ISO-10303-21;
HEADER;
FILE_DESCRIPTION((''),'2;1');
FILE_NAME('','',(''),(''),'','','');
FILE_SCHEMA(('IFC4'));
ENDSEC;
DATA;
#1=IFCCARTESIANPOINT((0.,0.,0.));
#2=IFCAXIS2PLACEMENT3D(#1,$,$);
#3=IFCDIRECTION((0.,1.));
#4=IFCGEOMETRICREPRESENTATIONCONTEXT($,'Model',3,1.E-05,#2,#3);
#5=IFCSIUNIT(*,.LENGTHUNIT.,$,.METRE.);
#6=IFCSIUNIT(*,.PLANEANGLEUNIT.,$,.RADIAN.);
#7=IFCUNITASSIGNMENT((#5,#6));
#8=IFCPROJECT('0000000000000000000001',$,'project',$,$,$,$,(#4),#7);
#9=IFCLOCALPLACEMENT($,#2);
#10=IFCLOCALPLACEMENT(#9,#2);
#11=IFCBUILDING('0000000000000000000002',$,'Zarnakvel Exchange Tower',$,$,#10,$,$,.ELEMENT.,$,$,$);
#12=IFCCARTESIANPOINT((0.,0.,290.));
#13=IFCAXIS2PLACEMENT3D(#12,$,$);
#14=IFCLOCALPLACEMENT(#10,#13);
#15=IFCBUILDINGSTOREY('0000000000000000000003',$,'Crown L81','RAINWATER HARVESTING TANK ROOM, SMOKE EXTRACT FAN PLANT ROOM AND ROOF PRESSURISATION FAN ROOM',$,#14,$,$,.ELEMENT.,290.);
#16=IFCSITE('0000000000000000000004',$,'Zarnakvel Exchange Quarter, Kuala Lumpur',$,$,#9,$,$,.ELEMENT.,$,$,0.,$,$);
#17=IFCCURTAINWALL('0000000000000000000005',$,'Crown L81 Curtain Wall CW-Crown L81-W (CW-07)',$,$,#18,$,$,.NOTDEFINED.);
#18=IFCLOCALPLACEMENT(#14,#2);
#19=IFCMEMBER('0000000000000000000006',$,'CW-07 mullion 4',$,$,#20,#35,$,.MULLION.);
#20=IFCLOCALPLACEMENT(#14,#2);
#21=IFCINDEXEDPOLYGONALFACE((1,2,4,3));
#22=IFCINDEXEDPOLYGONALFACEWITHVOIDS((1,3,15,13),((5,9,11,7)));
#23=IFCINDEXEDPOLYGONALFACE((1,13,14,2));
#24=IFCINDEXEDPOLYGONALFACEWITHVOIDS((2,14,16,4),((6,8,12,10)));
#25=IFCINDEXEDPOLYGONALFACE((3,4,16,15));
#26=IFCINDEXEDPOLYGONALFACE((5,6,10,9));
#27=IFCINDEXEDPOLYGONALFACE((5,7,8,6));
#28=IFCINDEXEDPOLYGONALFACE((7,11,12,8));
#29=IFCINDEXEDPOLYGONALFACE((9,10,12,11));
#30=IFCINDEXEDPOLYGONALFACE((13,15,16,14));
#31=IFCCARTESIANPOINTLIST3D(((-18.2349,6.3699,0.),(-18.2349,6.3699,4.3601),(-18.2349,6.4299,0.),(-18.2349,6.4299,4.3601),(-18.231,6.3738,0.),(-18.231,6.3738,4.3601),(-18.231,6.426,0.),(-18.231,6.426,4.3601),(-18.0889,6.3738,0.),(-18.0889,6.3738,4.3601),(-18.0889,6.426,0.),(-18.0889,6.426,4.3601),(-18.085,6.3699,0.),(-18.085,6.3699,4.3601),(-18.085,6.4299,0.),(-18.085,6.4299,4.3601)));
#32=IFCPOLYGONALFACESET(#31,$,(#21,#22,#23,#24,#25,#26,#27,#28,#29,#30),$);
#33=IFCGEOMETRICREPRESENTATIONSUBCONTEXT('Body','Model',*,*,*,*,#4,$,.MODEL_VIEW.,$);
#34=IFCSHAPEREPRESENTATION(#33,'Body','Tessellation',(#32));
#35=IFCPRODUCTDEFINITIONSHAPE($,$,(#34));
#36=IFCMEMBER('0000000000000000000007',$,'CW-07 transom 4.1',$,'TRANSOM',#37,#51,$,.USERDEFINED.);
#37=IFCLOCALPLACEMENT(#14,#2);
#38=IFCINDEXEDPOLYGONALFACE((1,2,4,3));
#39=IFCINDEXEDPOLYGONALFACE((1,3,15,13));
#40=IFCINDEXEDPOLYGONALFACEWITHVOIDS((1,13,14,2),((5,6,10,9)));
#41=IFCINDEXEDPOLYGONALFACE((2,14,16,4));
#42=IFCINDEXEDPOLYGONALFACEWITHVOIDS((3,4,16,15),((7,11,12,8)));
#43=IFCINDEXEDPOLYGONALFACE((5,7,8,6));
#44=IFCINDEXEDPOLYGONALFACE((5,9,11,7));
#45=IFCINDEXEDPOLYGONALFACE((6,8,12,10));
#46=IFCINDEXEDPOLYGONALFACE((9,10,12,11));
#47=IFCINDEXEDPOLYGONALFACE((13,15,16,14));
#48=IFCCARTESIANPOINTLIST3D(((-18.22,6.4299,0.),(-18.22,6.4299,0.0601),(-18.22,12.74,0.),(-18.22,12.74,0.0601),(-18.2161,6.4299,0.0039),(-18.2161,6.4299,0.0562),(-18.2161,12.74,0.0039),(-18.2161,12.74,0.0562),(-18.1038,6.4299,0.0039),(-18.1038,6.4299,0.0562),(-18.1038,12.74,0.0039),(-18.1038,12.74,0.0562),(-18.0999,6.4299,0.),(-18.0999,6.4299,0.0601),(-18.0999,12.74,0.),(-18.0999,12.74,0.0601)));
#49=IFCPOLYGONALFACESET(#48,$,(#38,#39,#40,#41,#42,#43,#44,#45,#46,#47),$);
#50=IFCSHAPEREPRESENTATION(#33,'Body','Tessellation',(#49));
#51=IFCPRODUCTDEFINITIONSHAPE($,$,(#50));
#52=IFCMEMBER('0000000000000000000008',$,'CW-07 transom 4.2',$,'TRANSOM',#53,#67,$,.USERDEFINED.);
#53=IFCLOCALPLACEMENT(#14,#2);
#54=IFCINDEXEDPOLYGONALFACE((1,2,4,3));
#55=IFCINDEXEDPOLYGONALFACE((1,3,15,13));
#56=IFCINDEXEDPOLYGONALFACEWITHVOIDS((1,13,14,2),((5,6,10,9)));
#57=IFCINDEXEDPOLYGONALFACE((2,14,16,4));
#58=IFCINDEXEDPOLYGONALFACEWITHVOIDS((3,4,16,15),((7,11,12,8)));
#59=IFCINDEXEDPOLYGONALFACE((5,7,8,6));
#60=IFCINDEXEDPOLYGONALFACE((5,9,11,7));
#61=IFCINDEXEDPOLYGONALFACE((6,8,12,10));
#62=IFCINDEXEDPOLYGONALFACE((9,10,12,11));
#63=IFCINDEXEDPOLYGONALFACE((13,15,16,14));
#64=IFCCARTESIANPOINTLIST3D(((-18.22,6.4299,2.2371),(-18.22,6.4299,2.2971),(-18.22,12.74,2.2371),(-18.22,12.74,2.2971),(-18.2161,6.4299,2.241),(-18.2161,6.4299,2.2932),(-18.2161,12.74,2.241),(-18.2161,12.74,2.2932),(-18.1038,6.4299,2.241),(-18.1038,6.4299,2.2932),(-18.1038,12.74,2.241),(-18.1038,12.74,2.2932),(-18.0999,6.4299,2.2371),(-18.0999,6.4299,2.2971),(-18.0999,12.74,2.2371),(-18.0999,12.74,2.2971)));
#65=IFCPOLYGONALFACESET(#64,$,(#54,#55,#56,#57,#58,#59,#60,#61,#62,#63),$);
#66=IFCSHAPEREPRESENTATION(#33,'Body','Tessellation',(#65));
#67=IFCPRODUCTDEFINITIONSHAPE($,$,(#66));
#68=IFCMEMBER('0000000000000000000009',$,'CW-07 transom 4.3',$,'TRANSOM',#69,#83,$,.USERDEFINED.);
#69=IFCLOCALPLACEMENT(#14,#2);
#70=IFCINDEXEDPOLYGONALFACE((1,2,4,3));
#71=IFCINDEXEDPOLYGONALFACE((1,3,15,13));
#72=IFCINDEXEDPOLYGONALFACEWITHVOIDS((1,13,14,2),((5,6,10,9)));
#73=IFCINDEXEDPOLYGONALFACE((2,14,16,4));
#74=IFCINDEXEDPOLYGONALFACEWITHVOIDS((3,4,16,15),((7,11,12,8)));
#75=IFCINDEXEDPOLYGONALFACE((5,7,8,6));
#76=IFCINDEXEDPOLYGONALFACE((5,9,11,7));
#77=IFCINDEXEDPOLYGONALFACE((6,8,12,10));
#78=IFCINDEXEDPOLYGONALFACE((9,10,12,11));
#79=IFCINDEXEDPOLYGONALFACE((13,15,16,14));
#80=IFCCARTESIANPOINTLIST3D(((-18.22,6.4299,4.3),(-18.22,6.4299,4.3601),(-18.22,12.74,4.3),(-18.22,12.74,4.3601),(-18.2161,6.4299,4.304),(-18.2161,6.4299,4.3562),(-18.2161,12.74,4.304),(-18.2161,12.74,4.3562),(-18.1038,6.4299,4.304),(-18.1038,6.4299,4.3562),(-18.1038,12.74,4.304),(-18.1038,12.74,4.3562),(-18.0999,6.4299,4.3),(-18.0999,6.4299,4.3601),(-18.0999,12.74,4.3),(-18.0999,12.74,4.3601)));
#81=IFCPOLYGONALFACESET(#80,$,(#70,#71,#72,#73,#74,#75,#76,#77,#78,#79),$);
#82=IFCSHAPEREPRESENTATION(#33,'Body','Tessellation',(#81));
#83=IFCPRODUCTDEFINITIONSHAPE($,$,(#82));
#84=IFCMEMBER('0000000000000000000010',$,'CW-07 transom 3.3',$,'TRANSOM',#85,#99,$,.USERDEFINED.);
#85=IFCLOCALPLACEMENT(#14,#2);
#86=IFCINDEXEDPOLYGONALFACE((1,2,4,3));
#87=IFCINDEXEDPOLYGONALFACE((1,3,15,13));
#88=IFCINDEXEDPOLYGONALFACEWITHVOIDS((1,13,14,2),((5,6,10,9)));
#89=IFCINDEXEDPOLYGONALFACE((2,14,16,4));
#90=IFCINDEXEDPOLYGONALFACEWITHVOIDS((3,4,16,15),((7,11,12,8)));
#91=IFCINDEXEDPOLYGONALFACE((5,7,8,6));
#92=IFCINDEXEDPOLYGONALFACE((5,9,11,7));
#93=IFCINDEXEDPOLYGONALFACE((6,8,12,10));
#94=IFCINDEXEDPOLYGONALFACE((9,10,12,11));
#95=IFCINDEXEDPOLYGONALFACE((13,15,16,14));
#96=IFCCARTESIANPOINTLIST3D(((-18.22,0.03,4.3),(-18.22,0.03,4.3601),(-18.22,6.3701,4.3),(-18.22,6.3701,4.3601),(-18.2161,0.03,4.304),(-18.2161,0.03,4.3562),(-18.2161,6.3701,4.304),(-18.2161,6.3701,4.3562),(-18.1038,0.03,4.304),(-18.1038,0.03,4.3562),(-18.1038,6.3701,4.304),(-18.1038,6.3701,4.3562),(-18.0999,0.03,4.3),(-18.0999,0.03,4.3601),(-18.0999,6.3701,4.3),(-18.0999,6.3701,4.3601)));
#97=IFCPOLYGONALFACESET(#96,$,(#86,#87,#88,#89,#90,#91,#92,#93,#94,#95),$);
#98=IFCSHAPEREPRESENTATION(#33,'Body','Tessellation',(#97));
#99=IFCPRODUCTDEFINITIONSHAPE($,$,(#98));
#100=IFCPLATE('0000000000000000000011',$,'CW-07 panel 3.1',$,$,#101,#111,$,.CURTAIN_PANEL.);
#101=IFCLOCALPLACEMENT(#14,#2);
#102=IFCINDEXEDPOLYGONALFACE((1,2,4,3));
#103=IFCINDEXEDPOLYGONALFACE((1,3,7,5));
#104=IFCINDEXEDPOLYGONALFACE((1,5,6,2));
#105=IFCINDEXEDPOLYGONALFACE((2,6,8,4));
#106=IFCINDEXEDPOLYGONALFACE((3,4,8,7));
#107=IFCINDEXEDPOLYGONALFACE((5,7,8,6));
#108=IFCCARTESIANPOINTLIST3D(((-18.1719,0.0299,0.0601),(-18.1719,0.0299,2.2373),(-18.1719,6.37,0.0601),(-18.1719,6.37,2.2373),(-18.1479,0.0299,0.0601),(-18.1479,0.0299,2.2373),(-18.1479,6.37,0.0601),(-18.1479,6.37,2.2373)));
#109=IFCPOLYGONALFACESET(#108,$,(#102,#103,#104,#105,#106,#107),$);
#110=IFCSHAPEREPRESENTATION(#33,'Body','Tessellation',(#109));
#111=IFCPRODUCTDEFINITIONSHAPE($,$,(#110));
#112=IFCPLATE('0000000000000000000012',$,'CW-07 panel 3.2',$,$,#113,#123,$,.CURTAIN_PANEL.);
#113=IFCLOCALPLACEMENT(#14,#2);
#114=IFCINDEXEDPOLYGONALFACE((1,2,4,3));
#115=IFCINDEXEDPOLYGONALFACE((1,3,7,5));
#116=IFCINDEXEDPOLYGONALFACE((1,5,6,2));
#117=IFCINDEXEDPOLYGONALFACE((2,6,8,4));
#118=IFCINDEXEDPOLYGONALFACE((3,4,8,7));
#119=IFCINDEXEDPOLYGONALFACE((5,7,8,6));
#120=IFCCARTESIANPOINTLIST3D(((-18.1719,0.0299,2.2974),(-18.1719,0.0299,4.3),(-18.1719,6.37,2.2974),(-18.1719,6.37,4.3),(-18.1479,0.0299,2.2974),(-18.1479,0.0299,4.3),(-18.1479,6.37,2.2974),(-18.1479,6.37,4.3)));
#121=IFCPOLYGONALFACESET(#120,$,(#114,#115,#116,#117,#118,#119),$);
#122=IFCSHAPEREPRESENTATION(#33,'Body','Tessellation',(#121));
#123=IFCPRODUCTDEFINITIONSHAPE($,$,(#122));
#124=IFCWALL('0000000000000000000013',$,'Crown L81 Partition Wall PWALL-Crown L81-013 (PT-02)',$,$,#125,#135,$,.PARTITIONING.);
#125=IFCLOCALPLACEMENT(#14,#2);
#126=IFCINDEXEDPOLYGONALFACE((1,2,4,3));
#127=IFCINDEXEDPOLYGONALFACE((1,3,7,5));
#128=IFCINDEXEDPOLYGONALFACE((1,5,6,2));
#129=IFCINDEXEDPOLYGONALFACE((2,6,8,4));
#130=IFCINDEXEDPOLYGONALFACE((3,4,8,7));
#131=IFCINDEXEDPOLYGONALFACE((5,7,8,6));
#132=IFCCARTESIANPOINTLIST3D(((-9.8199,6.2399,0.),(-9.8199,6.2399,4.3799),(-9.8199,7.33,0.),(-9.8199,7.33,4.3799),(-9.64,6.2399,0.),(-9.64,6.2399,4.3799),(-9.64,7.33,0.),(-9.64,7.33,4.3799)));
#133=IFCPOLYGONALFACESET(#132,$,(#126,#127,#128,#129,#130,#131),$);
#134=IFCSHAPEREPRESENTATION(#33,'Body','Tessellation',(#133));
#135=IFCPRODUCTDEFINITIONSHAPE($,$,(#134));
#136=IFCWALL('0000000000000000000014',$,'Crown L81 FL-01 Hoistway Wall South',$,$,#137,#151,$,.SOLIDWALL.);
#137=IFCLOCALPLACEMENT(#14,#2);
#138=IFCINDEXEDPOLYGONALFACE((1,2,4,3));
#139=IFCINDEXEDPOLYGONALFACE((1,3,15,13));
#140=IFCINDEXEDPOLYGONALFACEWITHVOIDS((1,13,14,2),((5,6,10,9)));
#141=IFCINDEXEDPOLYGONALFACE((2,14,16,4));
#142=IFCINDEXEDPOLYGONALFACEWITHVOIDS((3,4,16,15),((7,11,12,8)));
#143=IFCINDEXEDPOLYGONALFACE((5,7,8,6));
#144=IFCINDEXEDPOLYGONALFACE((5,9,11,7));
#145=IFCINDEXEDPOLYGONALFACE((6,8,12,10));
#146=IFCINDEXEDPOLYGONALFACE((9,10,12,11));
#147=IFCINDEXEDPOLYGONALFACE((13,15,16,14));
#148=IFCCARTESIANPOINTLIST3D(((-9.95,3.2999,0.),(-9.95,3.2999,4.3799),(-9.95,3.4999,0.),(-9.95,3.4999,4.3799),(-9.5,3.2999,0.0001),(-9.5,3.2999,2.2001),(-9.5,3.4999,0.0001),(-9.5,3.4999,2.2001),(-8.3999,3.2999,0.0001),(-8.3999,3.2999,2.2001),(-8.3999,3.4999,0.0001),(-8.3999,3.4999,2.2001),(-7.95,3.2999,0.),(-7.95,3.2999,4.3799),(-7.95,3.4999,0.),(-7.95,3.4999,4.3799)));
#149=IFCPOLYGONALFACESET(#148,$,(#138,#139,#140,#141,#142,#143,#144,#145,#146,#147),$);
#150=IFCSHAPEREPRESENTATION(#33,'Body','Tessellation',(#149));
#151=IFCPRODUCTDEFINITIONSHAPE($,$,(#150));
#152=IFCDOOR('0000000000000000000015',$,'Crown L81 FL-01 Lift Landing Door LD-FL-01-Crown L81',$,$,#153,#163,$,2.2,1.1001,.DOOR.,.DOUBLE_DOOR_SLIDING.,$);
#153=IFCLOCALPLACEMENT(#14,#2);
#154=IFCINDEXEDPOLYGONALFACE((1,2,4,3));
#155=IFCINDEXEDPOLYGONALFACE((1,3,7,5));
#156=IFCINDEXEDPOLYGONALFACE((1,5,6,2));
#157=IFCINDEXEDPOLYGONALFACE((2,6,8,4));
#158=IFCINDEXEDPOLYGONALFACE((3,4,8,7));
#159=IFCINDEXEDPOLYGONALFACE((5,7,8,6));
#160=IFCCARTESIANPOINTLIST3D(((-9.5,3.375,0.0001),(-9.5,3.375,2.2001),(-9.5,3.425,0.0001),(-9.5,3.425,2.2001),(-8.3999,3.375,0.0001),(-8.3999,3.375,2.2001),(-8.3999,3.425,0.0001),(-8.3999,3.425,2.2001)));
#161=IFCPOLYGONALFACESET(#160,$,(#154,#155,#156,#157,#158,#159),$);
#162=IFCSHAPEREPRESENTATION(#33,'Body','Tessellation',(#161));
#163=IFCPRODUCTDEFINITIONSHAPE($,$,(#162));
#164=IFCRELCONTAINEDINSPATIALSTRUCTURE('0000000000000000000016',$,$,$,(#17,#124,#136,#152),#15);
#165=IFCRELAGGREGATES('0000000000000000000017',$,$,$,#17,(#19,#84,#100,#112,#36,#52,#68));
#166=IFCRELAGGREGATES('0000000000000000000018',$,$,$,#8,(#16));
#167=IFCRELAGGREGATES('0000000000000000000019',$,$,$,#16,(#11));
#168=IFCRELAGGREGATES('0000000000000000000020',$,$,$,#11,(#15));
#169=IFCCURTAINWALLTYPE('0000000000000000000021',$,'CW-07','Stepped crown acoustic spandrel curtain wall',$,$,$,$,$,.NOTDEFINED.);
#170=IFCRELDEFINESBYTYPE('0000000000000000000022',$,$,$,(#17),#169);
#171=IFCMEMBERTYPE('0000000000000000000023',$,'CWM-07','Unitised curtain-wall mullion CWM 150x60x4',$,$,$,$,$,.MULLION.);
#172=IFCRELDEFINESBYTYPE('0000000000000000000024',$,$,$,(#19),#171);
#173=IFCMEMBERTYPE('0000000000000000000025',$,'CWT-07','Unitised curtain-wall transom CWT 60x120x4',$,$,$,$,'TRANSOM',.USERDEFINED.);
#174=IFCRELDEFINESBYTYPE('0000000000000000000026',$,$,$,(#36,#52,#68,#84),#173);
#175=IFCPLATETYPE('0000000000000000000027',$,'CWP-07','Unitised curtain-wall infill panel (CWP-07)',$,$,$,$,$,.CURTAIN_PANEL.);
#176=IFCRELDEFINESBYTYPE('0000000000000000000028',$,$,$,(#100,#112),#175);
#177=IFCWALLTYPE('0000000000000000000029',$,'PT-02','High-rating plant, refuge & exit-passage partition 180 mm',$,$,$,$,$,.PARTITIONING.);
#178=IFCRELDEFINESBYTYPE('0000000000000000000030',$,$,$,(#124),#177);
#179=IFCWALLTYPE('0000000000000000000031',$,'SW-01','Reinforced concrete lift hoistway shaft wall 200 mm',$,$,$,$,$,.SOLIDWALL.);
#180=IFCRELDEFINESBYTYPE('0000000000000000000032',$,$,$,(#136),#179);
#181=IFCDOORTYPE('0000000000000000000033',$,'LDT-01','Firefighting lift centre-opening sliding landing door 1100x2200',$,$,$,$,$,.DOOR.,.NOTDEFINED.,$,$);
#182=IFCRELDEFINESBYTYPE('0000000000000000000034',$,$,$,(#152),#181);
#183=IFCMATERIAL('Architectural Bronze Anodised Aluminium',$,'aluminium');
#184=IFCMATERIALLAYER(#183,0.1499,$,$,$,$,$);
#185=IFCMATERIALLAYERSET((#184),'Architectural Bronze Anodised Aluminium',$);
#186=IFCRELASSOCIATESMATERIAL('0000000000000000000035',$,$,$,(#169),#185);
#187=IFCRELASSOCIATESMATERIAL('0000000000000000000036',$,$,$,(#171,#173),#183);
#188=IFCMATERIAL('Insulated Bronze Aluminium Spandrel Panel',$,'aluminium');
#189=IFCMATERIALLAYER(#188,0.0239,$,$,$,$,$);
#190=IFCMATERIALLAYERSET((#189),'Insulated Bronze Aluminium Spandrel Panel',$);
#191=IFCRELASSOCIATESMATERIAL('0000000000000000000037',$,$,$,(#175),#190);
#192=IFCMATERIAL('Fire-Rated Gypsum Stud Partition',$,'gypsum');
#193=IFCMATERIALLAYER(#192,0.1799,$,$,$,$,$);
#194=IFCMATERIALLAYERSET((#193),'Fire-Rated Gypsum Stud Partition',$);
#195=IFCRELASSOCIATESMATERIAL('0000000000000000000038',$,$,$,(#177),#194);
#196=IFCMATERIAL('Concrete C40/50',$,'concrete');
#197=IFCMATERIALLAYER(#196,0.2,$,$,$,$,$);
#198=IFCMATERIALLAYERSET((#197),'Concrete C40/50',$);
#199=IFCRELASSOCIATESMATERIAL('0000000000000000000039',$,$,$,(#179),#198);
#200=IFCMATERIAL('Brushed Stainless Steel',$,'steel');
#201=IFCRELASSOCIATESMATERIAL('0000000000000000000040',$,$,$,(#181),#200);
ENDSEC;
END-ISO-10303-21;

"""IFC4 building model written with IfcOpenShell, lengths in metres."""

from ifc_helpers import new_model, si_unit, direction, frame, frame_2d, origin, origin_2d, place, context, subcontext, project, spatial, rectangle, hollow_rectangle, extrude, source, transform, mapped, material, layer, layer_set, material_profile, profile_set, type_object, element, fill, aggregate, save


model = new_model("IFC4")

# Units and contexts
model_context = context("Model", 3, precision=1e-05, world=origin(), true_north=direction((0.0, 1.0)))
body_context = subcontext(model_context, "Body", "Model", "MODEL_VIEW")
ifc_project = project(units=[si_unit("LENGTHUNIT", "METRE"), si_unit("PLANEANGLEUNIT", "RADIAN")], contexts=[model_context])

# Site, building, storey
site_placement = place(None, origin())
site = spatial("IfcSite", under=ifc_project, at=site_placement, Name="Zarnakvel Exchange Quarter, Kuala Lumpur", CompositionType="ELEMENT", RefElevation=0.0)
building_placement = place(site_placement, origin())
building = spatial("IfcBuilding", under=site, at=building_placement, Name="Zarnakvel Exchange Tower", CompositionType="ELEMENT")
storey_placement = place(building_placement, frame((0.0, 0.0, 290.0)))
storey = spatial("IfcBuildingStorey", under=building, at=storey_placement, Name="Crown L81", Description="RAINWATER HARVESTING TANK ROOM, SMOKE EXTRACT FAN PLANT ROOM AND ROOF PRESSURISATION FAN ROOM", CompositionType="ELEMENT", Elevation=290.0)

# Curtain wall, members, plates
ifc_material_1 = material(Name="Architectural Bronze Anodised Aluminium", Category="aluminium")
ifc_layer_1 = layer(ifc_material_1, 0.1499)
ifc_layer_set_1 = layer_set([ifc_layer_1], Name="Architectural Bronze Anodised Aluminium")
curtain_wall_type = type_object("IfcCurtainWallType", Name="CW-07", Description="Stepped crown acoustic spandrel curtain wall", PredefinedType="NOTDEFINED", material=ifc_layer_set_1)
curtain_wall_placement = place(storey_placement, origin())
curtain_wall = element("IfcCurtainWall", 1, at=curtain_wall_placement, inside=storey, type_object=curtain_wall_type, Name="Crown L81 Curtain Wall CW-Crown L81-W (CW-07)", PredefinedType="NOTDEFINED")
ifc_material_profile_1 = material_profile(ifc_material_1, hollow_rectangle(XDim=0.1499, YDim=0.0601, WallThickness=0.0039, at=origin_2d()))
ifc_profile_set_1 = profile_set([ifc_material_profile_1], Name="Architectural Bronze Anodised Aluminium")
member_type_1 = type_object("IfcMemberType", Name="CWM-07", Description="Unitised curtain-wall mullion CWM 150x60x4", PredefinedType="MULLION", material=ifc_profile_set_1)
shared_shape_1 = source(origin(), body_context, "Body", "SweptSolid", [
    extrude(hollow_rectangle(XDim=0.1499, YDim=0.0601, WallThickness=0.0039, at=origin_2d()), origin(), (0.0, 0.0, 1.0), 4.3601),
])
member_1_placement = place(storey_placement, frame((-18.1599, 6.3999, 0.0), z_axis=(0.0, 0.0, 1.0), x_axis=(-1.0, 0.0, 0.0)))
member_1 = element("IfcMember", 2, at=member_1_placement, type_object=member_type_1, Name="CW-07 mullion 4", PredefinedType="MULLION", context=body_context, shape_type="MappedRepresentation", body=[
    mapped(shared_shape_1, transform((0.0, 0.0, 0.0), x_axis=(1.0, 0.0, 0.0), y_axis=(0.0, 1.0, 0.0), z_axis=(0.0, 0.0, 1.0), scale=1.0)),
])
ifc_material_profile_2 = material_profile(ifc_material_1, hollow_rectangle(XDim=0.1201, YDim=0.0601, WallThickness=0.0039, at=origin_2d()))
ifc_profile_set_2 = profile_set([ifc_material_profile_2], Name="Architectural Bronze Anodised Aluminium")
member_type_2 = type_object("IfcMemberType", Name="CWT-07", Description="Unitised curtain-wall transom CWT 60x120x4", ElementType="TRANSOM", PredefinedType="USERDEFINED", material=ifc_profile_set_2)
shared_shape_2 = source(origin(), body_context, "Body", "SweptSolid", [
    extrude(hollow_rectangle(XDim=0.1201, YDim=0.0601, WallThickness=0.0039, at=origin_2d()), origin(), (0.0, 0.0, 1.0), 6.3101),
])
member_2_placement = place(storey_placement, frame((-18.1599, 6.4299, 0.03), z_axis=(0.0, 1.0, 0.0), x_axis=(-1.0, 0.0, 0.0)))
member_2 = element("IfcMember", 3, at=member_2_placement, type_object=member_type_2, Name="CW-07 transom 4.1", ObjectType="TRANSOM", PredefinedType="USERDEFINED", context=body_context, shape_type="MappedRepresentation", body=[
    mapped(shared_shape_2, transform((0.0, 0.0, 0.0), x_axis=(1.0, 0.0, 0.0), y_axis=(0.0, 1.0, 0.0), z_axis=(0.0, 0.0, 1.0), scale=1.0)),
])
member_3_placement = place(storey_placement, frame((-18.1599, 6.4299, 2.2671), z_axis=(0.0, 1.0, 0.0), x_axis=(-1.0, 0.0, 0.0)))
member_3 = element("IfcMember", 4, at=member_3_placement, type_object=member_type_2, Name="CW-07 transom 4.2", ObjectType="TRANSOM", PredefinedType="USERDEFINED", context=body_context, shape_type="MappedRepresentation", body=[
    mapped(shared_shape_2, transform((0.0, 0.0, 0.0), x_axis=(1.0, 0.0, 0.0), y_axis=(0.0, 1.0, 0.0), z_axis=(0.0, 0.0, 1.0), scale=1.0)),
])
member_4_placement = place(storey_placement, frame((-18.1599, 6.4299, 4.3301), z_axis=(0.0, 1.0, 0.0), x_axis=(-1.0, 0.0, 0.0)))
member_4 = element("IfcMember", 5, at=member_4_placement, type_object=member_type_2, Name="CW-07 transom 4.3", ObjectType="TRANSOM", PredefinedType="USERDEFINED", context=body_context, shape_type="MappedRepresentation", body=[
    mapped(shared_shape_2, transform((0.0, 0.0, 0.0), x_axis=(1.0, 0.0, 0.0), y_axis=(0.0, 1.0, 0.0), z_axis=(0.0, 0.0, 1.0), scale=1.0)),
])
shared_shape_3 = source(origin(), body_context, "Body", "SweptSolid", [
    extrude(hollow_rectangle(XDim=0.1201, YDim=0.0601, WallThickness=0.0039, at=origin_2d()), origin(), (0.0, 0.0, 1.0), 6.3401),
])
member_5_placement = place(storey_placement, frame((-18.1599, 0.03, 4.3301), z_axis=(0.0, 1.0, 0.0), x_axis=(-1.0, 0.0, 0.0)))
member_5 = element("IfcMember", 6, at=member_5_placement, type_object=member_type_2, Name="CW-07 transom 3.3", ObjectType="TRANSOM", PredefinedType="USERDEFINED", context=body_context, shape_type="MappedRepresentation", body=[
    mapped(shared_shape_3, transform((0.0, 0.0, 0.0), x_axis=(1.0, 0.0, 0.0), y_axis=(0.0, 1.0, 0.0), z_axis=(0.0, 0.0, 1.0), scale=1.0)),
])
ifc_material_2 = material(Name="Insulated Bronze Aluminium Spandrel Panel", Category="aluminium")
ifc_layer_2 = layer(ifc_material_2, 0.0239)
ifc_layer_set_2 = layer_set([ifc_layer_2], Name="Insulated Bronze Aluminium Spandrel Panel")
plate_type = type_object("IfcPlateType", Name="CWP-07", Description="Unitised curtain-wall infill panel (CWP-07)", PredefinedType="CURTAIN_PANEL", material=ifc_layer_set_2)
shared_shape_4 = source(origin(), body_context, "Body", "SweptSolid", [
    extrude(rectangle(XDim=6.3401, YDim=0.0239, at=origin_2d()), origin(), (0.0, 0.0, 1.0), 2.1772),
])
plate_1_placement = place(storey_placement, frame((-18.1599, 3.2, 0.0601), z_axis=(0.0, 0.0, 1.0), x_axis=(0.0, 1.0, 0.0)))
plate_1 = element("IfcPlate", 7, at=plate_1_placement, type_object=plate_type, Name="CW-07 panel 3.1", PredefinedType="CURTAIN_PANEL", context=body_context, shape_type="MappedRepresentation", body=[
    mapped(shared_shape_4, transform((0.0, 0.0, 0.0), x_axis=(1.0, 0.0, 0.0), y_axis=(0.0, 1.0, 0.0), z_axis=(0.0, 0.0, 1.0), scale=1.0)),
])
shared_shape_5 = source(origin(), body_context, "Body", "SweptSolid", [
    extrude(rectangle(XDim=6.3401, YDim=0.0239, at=origin_2d()), origin(), (0.0, 0.0, 1.0), 2.0027),
])
plate_2_placement = place(storey_placement, frame((-18.1599, 3.2, 2.2974), z_axis=(0.0, 0.0, 1.0), x_axis=(0.0, 1.0, 0.0)))
plate_2 = element("IfcPlate", 8, at=plate_2_placement, type_object=plate_type, Name="CW-07 panel 3.2", PredefinedType="CURTAIN_PANEL", context=body_context, shape_type="MappedRepresentation", body=[
    mapped(shared_shape_5, transform((0.0, 0.0, 0.0), x_axis=(1.0, 0.0, 0.0), y_axis=(0.0, 1.0, 0.0), z_axis=(0.0, 0.0, 1.0), scale=1.0)),
])
aggregate(curtain_wall, [member_1, member_5, plate_1, plate_2, member_2, member_3, member_4])

# Wall
ifc_material_3 = material(Name="Fire-Rated Gypsum Stud Partition", Category="gypsum")
ifc_layer_3 = layer(ifc_material_3, 0.1799)
ifc_layer_set_3 = layer_set([ifc_layer_3], Name="Fire-Rated Gypsum Stud Partition")
wall_type_1 = type_object("IfcWallType", Name="PT-02", Description="High-rating plant, refuge & exit-passage partition 180 mm", PredefinedType="PARTITIONING", material=ifc_layer_set_3)
wall_1_placement = place(storey_placement, frame((-9.73, 6.24, 0.0), z_axis=(0.0, 0.0, 1.0), x_axis=(0.0, 1.0, 0.0)))
element("IfcWall", 9, at=wall_1_placement, inside=storey, type_object=wall_type_1, Name="Crown L81 Partition Wall PWALL-Crown L81-013 (PT-02)", PredefinedType="PARTITIONING", context=body_context, shape_type="SweptSolid", body=[
    extrude(rectangle(XDim=1.0901, YDim=0.1799, at=frame_2d((0.5449, 0.0))), origin(), (0.0, 0.0, 1.0), 4.3799),
])

# Wall, opening, door
ifc_material_4 = material(Name="Concrete C40/50", Category="concrete")
ifc_layer_4 = layer(ifc_material_4, 0.2)
ifc_layer_set_4 = layer_set([ifc_layer_4], Name="Concrete C40/50")
wall_type_2 = type_object("IfcWallType", Name="SW-01", Description="Reinforced concrete lift hoistway shaft wall 200 mm", PredefinedType="SOLIDWALL", material=ifc_layer_set_4)
wall_2_placement = place(storey_placement, frame((-7.95, 3.3999, 0.0), z_axis=(0.0, 0.0, 1.0), x_axis=(-1.0, 0.0, 0.0)))
wall_2 = element("IfcWall", 10, at=wall_2_placement, inside=storey, type_object=wall_type_2, Name="Crown L81 FL-01 Hoistway Wall South", PredefinedType="SOLIDWALL", context=body_context, shape_type="SweptSolid", body=[
    extrude(rectangle(XDim=2.0, YDim=0.2, at=frame_2d((1.0, 0.0))), origin(), (0.0, 0.0, 1.0), 4.3799),
])
opening_1_placement = place(wall_2_placement, frame((0.45, 0.0, 0.0)))
opening_1 = element("IfcOpeningElement", 11, at=opening_1_placement, cuts=wall_2, PredefinedType="OPENING", context=body_context, shape_type="SweptSolid", body=[
    extrude(rectangle(XDim=1.1001, YDim=2.2, at=frame_2d((0.55, 1.1001))), frame((0.0, 0.1099, 0.0), z_axis=(0.0, -1.0, 0.0), x_axis=(1.0, 0.0, 0.0)), (0.0, 0.0, 1.0), 0.22),
])
ifc_material_5 = material(Name="Brushed Stainless Steel", Category="steel")
door_type_1 = type_object("IfcDoorType", Name="LDT-01", Description="Firefighting lift centre-opening sliding landing door 1100x2200", OperationType="NOTDEFINED", PredefinedType="DOOR", material=ifc_material_5)
shared_shape_6 = source(origin(), body_context, "Body", "SweptSolid", [
    extrude(rectangle(XDim=1.1001, YDim=2.2, at=frame_2d((0.55, 1.1001))), frame((0.0, 0.0249, 0.0), z_axis=(0.0, -1.0, 0.0), x_axis=(1.0, 0.0, 0.0)), (0.0, 0.0, 1.0), 0.05),
])
door_1_placement = place(opening_1_placement, origin())
door_1 = element("IfcDoor", 12, at=door_1_placement, inside=storey, type_object=door_type_1, Name="Crown L81 FL-01 Lift Landing Door LD-FL-01-Crown L81", OperationType="DOUBLE_DOOR_SLIDING", OverallHeight=2.2, OverallWidth=1.1001, PredefinedType="DOOR", context=body_context, shape_type="MappedRepresentation", body=[
    mapped(shared_shape_6, transform((0.0, 0.0, 0.0), x_axis=(1.0, 0.0, 0.0), y_axis=(0.0, 1.0, 0.0), z_axis=(0.0, 0.0, 1.0), scale=1.0)),
])
fill(opening_1, door_1)

save(model, "model.ifc")
